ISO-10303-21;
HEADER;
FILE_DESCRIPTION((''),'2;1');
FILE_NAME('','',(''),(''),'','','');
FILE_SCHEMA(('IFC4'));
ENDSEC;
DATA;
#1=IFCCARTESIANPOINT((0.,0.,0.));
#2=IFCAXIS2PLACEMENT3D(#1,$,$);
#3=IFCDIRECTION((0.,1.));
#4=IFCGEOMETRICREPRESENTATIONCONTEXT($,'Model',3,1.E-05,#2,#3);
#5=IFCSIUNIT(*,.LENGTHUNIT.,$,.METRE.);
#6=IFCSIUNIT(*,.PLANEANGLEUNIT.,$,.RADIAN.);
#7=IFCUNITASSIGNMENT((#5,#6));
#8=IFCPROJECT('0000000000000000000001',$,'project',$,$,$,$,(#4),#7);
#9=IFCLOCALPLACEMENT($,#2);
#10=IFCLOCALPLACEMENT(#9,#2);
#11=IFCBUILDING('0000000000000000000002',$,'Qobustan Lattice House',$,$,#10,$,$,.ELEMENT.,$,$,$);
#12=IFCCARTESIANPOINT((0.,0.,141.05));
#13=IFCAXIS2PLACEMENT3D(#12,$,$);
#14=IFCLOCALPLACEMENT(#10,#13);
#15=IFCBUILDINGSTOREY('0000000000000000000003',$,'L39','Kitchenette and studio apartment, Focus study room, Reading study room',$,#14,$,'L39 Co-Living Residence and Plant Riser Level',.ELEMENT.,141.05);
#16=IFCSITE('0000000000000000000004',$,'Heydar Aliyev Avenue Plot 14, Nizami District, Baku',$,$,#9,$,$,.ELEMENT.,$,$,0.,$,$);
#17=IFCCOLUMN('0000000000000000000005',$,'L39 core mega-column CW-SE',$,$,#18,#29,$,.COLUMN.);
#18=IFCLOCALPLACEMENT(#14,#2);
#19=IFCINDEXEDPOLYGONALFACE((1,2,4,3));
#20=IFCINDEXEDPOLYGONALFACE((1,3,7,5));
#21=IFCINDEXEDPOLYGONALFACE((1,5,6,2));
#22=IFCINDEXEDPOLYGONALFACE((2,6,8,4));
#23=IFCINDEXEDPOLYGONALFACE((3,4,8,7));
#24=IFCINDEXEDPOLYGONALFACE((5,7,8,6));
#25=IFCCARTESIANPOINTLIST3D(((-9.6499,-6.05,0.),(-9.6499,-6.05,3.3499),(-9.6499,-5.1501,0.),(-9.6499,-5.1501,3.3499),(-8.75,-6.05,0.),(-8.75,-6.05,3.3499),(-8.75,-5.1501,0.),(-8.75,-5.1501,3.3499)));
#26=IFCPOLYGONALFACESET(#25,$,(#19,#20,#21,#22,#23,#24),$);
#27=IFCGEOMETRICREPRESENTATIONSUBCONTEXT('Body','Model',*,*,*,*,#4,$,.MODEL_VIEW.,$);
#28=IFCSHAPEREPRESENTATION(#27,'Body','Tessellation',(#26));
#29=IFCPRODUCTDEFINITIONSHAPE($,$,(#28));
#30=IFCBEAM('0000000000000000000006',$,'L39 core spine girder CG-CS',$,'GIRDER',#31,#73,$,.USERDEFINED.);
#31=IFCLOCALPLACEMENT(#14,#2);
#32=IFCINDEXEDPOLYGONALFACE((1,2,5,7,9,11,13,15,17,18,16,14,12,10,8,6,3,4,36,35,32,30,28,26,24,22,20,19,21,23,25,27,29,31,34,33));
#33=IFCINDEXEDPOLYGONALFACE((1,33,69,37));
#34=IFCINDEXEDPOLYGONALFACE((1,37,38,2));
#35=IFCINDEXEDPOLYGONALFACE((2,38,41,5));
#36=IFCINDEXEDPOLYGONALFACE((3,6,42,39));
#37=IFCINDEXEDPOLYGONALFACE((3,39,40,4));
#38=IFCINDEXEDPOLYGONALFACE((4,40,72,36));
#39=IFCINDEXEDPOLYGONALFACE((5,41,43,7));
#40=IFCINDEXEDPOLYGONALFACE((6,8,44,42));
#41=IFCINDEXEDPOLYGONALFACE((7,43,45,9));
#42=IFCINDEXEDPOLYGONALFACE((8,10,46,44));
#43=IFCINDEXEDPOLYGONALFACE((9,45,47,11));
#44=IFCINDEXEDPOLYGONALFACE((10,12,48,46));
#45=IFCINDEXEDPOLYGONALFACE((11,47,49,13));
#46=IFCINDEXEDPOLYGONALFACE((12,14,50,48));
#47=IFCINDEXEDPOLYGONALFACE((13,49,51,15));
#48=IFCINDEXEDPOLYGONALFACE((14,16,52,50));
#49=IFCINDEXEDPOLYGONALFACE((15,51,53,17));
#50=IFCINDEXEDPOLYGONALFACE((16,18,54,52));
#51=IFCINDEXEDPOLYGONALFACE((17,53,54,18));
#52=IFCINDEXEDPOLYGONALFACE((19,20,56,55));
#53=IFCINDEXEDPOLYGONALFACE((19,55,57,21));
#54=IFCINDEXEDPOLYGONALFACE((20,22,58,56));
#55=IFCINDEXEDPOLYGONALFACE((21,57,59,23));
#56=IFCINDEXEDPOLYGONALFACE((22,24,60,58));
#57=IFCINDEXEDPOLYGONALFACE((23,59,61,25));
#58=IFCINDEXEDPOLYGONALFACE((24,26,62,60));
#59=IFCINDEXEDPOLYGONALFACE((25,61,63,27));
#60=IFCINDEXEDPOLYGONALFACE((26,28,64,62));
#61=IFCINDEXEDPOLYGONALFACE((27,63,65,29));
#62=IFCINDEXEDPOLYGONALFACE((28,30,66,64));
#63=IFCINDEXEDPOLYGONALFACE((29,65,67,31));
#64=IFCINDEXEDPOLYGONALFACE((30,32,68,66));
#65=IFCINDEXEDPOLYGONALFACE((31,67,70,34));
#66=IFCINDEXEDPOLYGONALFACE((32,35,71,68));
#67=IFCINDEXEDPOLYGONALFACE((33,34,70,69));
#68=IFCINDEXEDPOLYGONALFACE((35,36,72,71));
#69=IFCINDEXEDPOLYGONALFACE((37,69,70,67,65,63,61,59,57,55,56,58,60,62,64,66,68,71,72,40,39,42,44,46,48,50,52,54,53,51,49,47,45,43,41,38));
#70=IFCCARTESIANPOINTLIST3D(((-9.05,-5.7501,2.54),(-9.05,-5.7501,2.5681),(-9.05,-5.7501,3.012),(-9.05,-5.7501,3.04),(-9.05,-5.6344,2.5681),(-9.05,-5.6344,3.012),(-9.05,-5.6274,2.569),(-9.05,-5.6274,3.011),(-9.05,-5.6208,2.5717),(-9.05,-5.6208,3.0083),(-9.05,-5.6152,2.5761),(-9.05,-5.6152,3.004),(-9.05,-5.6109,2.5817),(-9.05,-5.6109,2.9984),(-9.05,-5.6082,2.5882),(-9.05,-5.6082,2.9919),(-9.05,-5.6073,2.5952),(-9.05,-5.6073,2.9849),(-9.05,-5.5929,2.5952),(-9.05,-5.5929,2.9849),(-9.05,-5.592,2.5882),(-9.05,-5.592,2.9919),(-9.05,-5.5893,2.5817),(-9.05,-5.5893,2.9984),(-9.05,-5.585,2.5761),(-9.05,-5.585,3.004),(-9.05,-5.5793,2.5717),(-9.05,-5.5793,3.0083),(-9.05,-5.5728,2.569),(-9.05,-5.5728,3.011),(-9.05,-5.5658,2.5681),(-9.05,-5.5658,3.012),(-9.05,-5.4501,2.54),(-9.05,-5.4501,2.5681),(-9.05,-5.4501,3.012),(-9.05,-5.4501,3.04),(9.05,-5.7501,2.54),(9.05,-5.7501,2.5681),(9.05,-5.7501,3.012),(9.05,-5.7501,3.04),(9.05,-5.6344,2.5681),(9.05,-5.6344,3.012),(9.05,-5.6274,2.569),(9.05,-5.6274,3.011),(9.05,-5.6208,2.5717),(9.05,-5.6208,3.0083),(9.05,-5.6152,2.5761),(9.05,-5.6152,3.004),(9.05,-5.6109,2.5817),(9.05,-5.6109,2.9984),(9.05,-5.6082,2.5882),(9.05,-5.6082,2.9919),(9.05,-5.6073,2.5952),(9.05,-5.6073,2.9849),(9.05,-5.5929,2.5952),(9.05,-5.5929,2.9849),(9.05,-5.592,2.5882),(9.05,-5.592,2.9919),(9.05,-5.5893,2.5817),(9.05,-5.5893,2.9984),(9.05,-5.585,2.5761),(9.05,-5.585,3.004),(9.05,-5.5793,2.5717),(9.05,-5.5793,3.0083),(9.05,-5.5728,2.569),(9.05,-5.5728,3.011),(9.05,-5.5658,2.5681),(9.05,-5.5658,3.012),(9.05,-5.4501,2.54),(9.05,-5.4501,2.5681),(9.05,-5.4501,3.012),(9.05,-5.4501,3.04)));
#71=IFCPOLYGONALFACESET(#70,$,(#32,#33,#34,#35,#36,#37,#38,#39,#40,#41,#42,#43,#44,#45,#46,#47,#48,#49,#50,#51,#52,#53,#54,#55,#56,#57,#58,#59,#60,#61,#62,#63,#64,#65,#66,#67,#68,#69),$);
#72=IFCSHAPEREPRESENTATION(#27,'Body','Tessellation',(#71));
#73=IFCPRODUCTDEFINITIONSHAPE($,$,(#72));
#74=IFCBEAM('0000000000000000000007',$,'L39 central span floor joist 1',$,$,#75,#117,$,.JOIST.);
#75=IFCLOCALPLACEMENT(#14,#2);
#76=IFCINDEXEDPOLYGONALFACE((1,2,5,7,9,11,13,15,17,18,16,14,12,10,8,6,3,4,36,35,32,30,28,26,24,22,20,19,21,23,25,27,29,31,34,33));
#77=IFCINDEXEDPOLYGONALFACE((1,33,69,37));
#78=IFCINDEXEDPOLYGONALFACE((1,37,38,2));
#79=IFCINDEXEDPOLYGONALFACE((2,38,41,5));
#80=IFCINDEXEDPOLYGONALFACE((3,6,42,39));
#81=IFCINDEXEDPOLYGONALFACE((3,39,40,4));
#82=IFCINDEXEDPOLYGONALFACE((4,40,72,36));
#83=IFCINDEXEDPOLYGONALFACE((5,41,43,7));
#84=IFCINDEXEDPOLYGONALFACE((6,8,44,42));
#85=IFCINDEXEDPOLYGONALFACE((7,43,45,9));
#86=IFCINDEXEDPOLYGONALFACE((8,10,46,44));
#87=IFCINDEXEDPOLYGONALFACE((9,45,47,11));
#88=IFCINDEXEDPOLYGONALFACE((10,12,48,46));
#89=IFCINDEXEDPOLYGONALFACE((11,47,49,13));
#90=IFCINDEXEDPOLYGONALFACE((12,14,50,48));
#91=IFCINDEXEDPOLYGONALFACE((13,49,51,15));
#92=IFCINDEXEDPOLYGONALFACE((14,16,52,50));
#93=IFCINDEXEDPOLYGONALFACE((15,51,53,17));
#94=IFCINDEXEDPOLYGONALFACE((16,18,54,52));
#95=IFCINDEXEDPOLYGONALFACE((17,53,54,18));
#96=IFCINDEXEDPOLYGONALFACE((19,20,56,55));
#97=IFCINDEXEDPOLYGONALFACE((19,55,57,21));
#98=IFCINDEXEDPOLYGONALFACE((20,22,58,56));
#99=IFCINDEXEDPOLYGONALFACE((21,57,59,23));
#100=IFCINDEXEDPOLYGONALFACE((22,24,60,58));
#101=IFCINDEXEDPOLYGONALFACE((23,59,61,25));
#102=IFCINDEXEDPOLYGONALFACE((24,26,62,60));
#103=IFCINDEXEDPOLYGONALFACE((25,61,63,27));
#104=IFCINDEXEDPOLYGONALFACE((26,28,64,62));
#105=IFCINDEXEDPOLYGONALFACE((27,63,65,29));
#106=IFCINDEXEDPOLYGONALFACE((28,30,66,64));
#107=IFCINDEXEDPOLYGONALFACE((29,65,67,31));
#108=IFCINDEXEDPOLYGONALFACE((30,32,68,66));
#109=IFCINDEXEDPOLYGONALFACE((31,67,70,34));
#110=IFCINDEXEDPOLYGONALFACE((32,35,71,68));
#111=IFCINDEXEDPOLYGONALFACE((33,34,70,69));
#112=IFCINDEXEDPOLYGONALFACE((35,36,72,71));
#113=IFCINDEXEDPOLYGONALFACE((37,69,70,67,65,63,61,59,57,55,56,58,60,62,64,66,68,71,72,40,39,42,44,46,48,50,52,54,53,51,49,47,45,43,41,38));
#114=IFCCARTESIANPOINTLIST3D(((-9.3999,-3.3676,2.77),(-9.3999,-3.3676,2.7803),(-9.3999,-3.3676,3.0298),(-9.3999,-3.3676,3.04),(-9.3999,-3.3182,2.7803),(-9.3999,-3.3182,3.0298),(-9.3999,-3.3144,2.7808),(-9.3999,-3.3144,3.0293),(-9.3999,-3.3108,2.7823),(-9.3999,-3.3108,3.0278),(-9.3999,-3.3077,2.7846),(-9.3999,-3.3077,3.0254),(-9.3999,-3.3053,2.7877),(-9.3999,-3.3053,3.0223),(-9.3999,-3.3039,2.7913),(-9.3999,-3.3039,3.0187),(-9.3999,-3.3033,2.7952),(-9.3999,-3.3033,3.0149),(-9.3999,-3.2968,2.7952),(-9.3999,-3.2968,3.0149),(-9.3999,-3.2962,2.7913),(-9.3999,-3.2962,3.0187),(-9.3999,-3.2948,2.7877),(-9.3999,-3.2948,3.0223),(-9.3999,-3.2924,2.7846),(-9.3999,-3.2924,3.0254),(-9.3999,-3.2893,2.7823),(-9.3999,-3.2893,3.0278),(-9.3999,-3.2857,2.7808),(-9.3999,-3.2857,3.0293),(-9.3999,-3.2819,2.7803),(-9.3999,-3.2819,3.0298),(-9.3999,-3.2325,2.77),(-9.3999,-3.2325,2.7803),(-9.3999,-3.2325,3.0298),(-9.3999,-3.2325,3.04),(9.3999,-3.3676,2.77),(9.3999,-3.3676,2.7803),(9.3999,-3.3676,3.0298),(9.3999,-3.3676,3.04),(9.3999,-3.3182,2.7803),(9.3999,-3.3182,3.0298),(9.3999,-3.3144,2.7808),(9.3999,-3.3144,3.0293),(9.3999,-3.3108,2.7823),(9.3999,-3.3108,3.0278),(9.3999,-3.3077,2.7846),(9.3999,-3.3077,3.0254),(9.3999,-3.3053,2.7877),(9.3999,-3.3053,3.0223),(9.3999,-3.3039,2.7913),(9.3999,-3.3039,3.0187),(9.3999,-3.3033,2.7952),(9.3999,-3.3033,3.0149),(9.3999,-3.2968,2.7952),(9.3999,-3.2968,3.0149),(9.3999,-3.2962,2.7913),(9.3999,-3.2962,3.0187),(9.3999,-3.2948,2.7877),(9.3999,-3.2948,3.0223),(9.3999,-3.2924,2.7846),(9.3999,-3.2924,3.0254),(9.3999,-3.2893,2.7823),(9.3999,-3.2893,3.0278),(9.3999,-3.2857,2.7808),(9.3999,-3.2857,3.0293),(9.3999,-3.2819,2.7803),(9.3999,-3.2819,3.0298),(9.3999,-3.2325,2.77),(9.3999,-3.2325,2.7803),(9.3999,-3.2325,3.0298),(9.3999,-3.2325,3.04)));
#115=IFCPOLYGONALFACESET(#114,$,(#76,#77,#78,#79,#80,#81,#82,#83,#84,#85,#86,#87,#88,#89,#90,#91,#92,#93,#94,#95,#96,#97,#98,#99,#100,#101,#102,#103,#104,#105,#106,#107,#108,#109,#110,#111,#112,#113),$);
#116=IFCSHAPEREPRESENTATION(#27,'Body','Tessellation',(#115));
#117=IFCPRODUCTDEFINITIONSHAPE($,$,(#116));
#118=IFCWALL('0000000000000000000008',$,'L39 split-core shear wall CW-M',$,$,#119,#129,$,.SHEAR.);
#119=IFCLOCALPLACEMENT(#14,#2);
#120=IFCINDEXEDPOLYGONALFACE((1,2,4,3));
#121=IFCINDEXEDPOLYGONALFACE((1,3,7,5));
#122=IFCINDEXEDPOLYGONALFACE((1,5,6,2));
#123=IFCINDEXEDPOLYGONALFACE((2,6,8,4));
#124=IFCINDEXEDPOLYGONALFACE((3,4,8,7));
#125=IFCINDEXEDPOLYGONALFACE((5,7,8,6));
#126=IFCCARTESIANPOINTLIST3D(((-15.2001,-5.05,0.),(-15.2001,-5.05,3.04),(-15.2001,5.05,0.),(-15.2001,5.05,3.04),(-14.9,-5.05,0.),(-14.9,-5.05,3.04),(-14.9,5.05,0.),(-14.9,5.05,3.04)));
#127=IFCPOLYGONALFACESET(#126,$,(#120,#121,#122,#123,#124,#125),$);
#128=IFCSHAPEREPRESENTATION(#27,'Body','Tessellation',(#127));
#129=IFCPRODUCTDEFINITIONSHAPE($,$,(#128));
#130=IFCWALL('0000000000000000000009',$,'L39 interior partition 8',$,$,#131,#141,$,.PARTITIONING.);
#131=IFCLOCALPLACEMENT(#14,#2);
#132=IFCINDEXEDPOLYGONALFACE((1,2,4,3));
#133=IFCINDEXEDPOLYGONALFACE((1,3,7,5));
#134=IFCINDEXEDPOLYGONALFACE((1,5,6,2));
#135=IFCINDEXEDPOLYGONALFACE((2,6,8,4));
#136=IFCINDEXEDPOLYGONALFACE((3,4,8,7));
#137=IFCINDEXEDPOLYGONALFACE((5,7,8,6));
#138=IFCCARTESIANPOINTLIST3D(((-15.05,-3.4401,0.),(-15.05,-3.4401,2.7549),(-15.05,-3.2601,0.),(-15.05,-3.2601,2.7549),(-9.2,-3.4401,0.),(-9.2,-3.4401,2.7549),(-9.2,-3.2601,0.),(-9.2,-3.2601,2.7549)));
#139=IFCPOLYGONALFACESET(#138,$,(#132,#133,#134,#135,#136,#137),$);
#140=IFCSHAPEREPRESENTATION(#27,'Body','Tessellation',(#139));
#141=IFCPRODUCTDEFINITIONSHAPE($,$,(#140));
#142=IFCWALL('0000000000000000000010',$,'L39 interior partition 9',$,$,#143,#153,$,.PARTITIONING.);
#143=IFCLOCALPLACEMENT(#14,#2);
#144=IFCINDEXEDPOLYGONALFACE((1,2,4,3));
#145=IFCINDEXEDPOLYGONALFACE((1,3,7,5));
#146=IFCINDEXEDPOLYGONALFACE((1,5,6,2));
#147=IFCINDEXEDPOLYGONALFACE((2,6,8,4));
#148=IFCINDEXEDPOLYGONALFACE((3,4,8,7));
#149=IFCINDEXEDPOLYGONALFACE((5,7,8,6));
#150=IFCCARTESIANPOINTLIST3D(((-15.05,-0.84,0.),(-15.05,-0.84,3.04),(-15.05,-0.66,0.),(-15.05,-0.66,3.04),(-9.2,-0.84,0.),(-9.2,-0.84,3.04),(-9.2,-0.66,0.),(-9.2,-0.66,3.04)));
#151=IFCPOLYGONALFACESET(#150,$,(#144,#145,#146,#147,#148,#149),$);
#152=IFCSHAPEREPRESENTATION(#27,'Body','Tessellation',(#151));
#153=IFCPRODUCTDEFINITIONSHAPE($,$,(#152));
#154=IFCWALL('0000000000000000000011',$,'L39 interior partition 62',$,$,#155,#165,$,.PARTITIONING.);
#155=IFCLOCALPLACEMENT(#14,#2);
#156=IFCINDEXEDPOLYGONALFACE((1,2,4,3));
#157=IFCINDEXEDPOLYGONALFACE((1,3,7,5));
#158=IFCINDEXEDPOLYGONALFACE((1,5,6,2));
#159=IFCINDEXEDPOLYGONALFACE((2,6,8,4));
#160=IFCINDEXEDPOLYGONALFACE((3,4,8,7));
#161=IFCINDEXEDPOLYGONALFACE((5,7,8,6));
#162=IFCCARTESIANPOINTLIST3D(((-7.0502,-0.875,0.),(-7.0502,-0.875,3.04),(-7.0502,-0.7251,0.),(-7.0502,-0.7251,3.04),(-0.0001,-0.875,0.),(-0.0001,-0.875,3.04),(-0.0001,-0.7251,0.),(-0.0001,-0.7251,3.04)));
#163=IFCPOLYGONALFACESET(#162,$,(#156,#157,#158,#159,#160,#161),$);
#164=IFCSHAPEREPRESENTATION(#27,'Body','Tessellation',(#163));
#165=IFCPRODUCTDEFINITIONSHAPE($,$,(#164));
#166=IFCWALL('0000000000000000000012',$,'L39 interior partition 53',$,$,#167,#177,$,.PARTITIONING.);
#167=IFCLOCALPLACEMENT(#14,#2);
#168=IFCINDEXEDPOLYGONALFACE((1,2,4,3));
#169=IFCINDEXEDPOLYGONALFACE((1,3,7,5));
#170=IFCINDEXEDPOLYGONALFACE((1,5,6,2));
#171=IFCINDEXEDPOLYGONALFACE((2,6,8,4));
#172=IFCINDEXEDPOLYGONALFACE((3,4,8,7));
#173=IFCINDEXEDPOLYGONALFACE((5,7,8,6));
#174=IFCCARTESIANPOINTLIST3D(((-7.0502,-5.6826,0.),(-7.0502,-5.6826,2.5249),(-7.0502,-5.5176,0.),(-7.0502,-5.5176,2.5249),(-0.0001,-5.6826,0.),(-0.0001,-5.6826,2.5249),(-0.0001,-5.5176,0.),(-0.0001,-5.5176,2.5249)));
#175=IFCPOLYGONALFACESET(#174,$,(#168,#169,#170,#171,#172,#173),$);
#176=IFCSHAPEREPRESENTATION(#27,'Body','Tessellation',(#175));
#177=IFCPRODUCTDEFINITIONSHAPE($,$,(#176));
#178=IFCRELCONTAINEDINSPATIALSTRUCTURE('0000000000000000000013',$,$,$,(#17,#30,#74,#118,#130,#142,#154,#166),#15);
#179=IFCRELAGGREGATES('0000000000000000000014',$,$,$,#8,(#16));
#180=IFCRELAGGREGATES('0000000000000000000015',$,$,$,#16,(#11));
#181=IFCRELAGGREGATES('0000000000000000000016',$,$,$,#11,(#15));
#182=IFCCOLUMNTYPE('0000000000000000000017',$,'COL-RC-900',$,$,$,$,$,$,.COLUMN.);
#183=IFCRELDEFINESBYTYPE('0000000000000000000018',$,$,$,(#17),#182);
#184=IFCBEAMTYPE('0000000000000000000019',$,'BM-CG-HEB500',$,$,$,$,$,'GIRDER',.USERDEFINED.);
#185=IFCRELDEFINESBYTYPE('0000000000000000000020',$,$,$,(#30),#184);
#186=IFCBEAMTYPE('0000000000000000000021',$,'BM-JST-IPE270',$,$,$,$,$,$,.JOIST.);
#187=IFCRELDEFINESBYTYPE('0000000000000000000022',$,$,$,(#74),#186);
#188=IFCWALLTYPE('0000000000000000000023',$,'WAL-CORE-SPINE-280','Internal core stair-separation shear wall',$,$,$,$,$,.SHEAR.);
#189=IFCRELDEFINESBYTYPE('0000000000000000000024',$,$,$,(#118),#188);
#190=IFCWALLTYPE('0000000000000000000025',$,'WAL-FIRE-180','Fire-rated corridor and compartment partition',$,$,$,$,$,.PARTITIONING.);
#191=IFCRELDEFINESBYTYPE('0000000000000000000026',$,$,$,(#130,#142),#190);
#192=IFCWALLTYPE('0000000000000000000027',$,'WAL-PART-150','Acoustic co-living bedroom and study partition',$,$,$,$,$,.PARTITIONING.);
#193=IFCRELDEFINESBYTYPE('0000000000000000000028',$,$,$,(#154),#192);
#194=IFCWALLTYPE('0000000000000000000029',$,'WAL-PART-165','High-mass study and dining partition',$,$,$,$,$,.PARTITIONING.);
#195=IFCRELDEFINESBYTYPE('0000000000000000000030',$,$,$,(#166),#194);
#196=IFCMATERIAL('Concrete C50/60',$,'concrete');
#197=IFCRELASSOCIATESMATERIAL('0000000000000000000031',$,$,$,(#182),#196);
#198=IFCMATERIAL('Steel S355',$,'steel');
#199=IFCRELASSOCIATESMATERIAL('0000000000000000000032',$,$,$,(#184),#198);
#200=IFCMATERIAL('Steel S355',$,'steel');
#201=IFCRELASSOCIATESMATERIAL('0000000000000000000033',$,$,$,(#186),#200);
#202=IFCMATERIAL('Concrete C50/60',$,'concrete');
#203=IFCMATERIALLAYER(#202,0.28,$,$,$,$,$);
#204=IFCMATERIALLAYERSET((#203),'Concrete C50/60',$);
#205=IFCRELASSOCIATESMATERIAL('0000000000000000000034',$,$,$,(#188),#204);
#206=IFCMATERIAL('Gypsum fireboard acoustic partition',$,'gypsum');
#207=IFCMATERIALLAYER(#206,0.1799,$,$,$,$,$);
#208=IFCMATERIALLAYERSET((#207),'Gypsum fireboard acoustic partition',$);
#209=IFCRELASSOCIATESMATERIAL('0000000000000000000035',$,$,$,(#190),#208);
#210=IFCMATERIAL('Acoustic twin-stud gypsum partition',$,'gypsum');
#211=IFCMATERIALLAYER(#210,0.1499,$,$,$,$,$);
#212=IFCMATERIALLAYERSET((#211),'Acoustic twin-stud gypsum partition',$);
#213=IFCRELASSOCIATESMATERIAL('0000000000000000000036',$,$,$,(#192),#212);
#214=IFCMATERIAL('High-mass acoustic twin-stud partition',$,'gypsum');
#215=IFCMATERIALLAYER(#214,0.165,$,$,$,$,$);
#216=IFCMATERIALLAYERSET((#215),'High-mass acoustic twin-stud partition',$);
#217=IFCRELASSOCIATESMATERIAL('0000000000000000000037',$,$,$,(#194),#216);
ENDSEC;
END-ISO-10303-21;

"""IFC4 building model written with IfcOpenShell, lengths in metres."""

from ifc_helpers import new_model, si_unit, direction, frame, frame_2d, origin, origin_2d, place, context, subcontext, project, spatial, rectangle, i_section, extrude, material, layer, layer_set, material_profile, profile_set, type_object, element, save


model = new_model("IFC4")

# Units and contexts
model_context = context("Model", 3, precision=1e-05, world=origin(), true_north=direction((0.0, 1.0)))
body_context = subcontext(model_context, "Body", "Model", "MODEL_VIEW")
ifc_project = project(units=[si_unit("LENGTHUNIT", "METRE"), si_unit("PLANEANGLEUNIT", "RADIAN")], contexts=[model_context])

# Site, building, storey
site_placement = place(None, origin())
site = spatial("IfcSite", under=ifc_project, at=site_placement, Name="Heydar Aliyev Avenue Plot 14, Nizami District, Baku", CompositionType="ELEMENT", RefElevation=0.0)
building_placement = place(site_placement, origin())
building = spatial("IfcBuilding", under=site, at=building_placement, Name="Qobustan Lattice House", CompositionType="ELEMENT")
storey_placement = place(building_placement, frame((0.0, 0.0, 141.05)))
storey = spatial("IfcBuildingStorey", under=building, at=storey_placement, Name="L39", Description="Kitchenette and studio apartment, Focus study room, Reading study room", LongName="L39 Co-Living Residence and Plant Riser Level", CompositionType="ELEMENT", Elevation=141.05)

# Column
ifc_material_1 = material(Name="Concrete C50/60", Category="concrete")
ifc_material_profile_1 = material_profile(ifc_material_1, rectangle(XDim=0.8999, YDim=0.8999, at=origin_2d()), Name="RC900x900")
ifc_profile_set_1 = profile_set([ifc_material_profile_1], Name="Concrete C50/60")
column_type = type_object("IfcColumnType", Name="COL-RC-900", PredefinedType="COLUMN", material=ifc_profile_set_1)
column_placement = place(storey_placement, frame((-9.2, -5.6001, 0.0), z_axis=(0.0, 0.0, 1.0), x_axis=(1.0, 0.0, 0.0)))
element("IfcColumn", 1, at=column_placement, inside=storey, type_object=column_type, Name="L39 core mega-column CW-SE", PredefinedType="COLUMN", context=body_context, shape_type="SweptSolid", body=[
    extrude(rectangle(XDim=0.8999, YDim=0.8999, at=origin_2d()), origin(), (0.0, 0.0, 1.0), 3.3499),
])

# Beams
ifc_material_2 = material(Name="Steel S355", Category="steel")
ifc_material_profile_2 = material_profile(ifc_material_2, i_section(OverallWidth=0.3, OverallDepth=0.5, WebThickness=0.0144, FlangeThickness=0.0281, FilletRadius=0.0271, at=origin_2d()), Name="HEB500")
ifc_profile_set_2 = profile_set([ifc_material_profile_2], Name="Steel S355")
beam_type_1 = type_object("IfcBeamType", Name="BM-CG-HEB500", ElementType="GIRDER", PredefinedType="USERDEFINED", material=ifc_profile_set_2)
beam_1_placement = place(storey_placement, frame((-9.05, -5.6001, 2.79), z_axis=(1.0, 0.0, 0.0), x_axis=(0.0, 1.0, 0.0)))
element("IfcBeam", 2, at=beam_1_placement, inside=storey, type_object=beam_type_1, Name="L39 core spine girder CG-CS", ObjectType="GIRDER", PredefinedType="USERDEFINED", context=body_context, shape_type="SweptSolid", body=[
    extrude(i_section(OverallWidth=0.3, OverallDepth=0.5, WebThickness=0.0144, FlangeThickness=0.0281, FilletRadius=0.0271, at=origin_2d()), origin(), (0.0, 0.0, 1.0), 18.1001),
])
ifc_material_3 = material(Name="Steel S355", Category="steel")
ifc_material_profile_3 = material_profile(ifc_material_3, i_section(OverallWidth=0.135, OverallDepth=0.27, WebThickness=0.0066, FlangeThickness=0.0103, FilletRadius=0.0149, at=origin_2d()), Name="IPE270")
ifc_profile_set_3 = profile_set([ifc_material_profile_3], Name="Steel S355")
beam_type_2 = type_object("IfcBeamType", Name="BM-JST-IPE270", PredefinedType="JOIST", material=ifc_profile_set_3)
beam_2_placement = place(storey_placement, frame((-9.3999, -3.3, 2.905), z_axis=(1.0, 0.0, 0.0), x_axis=(0.0, 1.0, 0.0)))
element("IfcBeam", 3, at=beam_2_placement, inside=storey, type_object=beam_type_2, Name="L39 central span floor joist 1", PredefinedType="JOIST", context=body_context, shape_type="SweptSolid", body=[
    extrude(i_section(OverallWidth=0.135, OverallDepth=0.27, WebThickness=0.0066, FlangeThickness=0.0103, FilletRadius=0.0149, at=origin_2d()), origin(), (0.0, 0.0, 1.0), 18.7998),
])

# Walls
ifc_material_4 = material(Name="Concrete C50/60", Category="concrete")
ifc_layer_1 = layer(ifc_material_4, 0.28)
ifc_layer_set_1 = layer_set([ifc_layer_1], Name="Concrete C50/60")
wall_type_1 = type_object("IfcWallType", Name="WAL-CORE-SPINE-280", Description="Internal core stair-separation shear wall", PredefinedType="SHEAR", material=ifc_layer_set_1)
wall_1_placement = place(storey_placement, frame((-15.05, -5.05, 0.0), z_axis=(0.0, 0.0, 1.0), x_axis=(0.0, 1.0, 0.0)))
element("IfcWall", 4, at=wall_1_placement, inside=storey, type_object=wall_type_1, Name="L39 split-core shear wall CW-M", PredefinedType="SHEAR", context=body_context, shape_type="SweptSolid", body=[
    extrude(rectangle(XDim=10.1001, YDim=0.3, at=frame_2d((5.05, 0.0))), origin(), (0.0, 0.0, 1.0), 3.04),
])
ifc_material_5 = material(Name="Gypsum fireboard acoustic partition", Category="gypsum")
ifc_layer_2 = layer(ifc_material_5, 0.1799)
ifc_layer_set_2 = layer_set([ifc_layer_2], Name="Gypsum fireboard acoustic partition")
wall_type_2 = type_object("IfcWallType", Name="WAL-FIRE-180", Description="Fire-rated corridor and compartment partition", PredefinedType="PARTITIONING", material=ifc_layer_set_2)
wall_2_placement = place(storey_placement, frame((-15.05, -3.3501, 0.0), z_axis=(0.0, 0.0, 1.0), x_axis=(1.0, 0.0, 0.0)))
element("IfcWall", 5, at=wall_2_placement, inside=storey, type_object=wall_type_2, Name="L39 interior partition 8", PredefinedType="PARTITIONING", context=body_context, shape_type="SweptSolid", body=[
    extrude(rectangle(XDim=5.8501, YDim=0.1799, at=frame_2d((2.925, 0.0))), origin(), (0.0, 0.0, 1.0), 2.7549),
])
wall_3_placement = place(storey_placement, frame((-9.2, -0.75, 0.0), z_axis=(0.0, 0.0, 1.0), x_axis=(-1.0, 0.0, 0.0)))
element("IfcWall", 6, at=wall_3_placement, inside=storey, type_object=wall_type_2, Name="L39 interior partition 9", PredefinedType="PARTITIONING", context=body_context, shape_type="SweptSolid", body=[
    extrude(rectangle(XDim=5.8501, YDim=0.1799, at=frame_2d((2.925, 0.0))), origin(), (0.0, 0.0, 1.0), 3.04),
])
ifc_material_6 = material(Name="Acoustic twin-stud gypsum partition", Category="gypsum")
ifc_layer_3 = layer(ifc_material_6, 0.1499)
ifc_layer_set_3 = layer_set([ifc_layer_3], Name="Acoustic twin-stud gypsum partition")
wall_type_3 = type_object("IfcWallType", Name="WAL-PART-150", Description="Acoustic co-living bedroom and study partition", PredefinedType="PARTITIONING", material=ifc_layer_set_3)
wall_4_placement = place(storey_placement, frame((-7.05, -0.8, 0.0), z_axis=(0.0, 0.0, 1.0), x_axis=(1.0, 0.0, 0.0)))
element("IfcWall", 7, at=wall_4_placement, inside=storey, type_object=wall_type_3, Name="L39 interior partition 62", PredefinedType="PARTITIONING", context=body_context, shape_type="SweptSolid", body=[
    extrude(rectangle(XDim=7.05, YDim=0.1499, at=frame_2d((3.5249, 0.0))), origin(), (0.0, 0.0, 1.0), 3.04),
])
ifc_material_7 = material(Name="High-mass acoustic twin-stud partition", Category="gypsum")
ifc_layer_4 = layer(ifc_material_7, 0.165)
ifc_layer_set_4 = layer_set([ifc_layer_4], Name="High-mass acoustic twin-stud partition")
wall_type_4 = type_object("IfcWallType", Name="WAL-PART-165", Description="High-mass study and dining partition", PredefinedType="PARTITIONING", material=ifc_layer_set_4)
wall_5_placement = place(storey_placement, frame((-7.05, -5.6001, 0.0), z_axis=(0.0, 0.0, 1.0), x_axis=(1.0, 0.0, 0.0)))
element("IfcWall", 8, at=wall_5_placement, inside=storey, type_object=wall_type_4, Name="L39 interior partition 53", PredefinedType="PARTITIONING", context=body_context, shape_type="SweptSolid", body=[
    extrude(rectangle(XDim=7.05, YDim=0.165, at=frame_2d((3.5249, 0.0))), origin(), (0.0, 0.0, 1.0), 2.5249),
])

save(model, "model.ifc")
